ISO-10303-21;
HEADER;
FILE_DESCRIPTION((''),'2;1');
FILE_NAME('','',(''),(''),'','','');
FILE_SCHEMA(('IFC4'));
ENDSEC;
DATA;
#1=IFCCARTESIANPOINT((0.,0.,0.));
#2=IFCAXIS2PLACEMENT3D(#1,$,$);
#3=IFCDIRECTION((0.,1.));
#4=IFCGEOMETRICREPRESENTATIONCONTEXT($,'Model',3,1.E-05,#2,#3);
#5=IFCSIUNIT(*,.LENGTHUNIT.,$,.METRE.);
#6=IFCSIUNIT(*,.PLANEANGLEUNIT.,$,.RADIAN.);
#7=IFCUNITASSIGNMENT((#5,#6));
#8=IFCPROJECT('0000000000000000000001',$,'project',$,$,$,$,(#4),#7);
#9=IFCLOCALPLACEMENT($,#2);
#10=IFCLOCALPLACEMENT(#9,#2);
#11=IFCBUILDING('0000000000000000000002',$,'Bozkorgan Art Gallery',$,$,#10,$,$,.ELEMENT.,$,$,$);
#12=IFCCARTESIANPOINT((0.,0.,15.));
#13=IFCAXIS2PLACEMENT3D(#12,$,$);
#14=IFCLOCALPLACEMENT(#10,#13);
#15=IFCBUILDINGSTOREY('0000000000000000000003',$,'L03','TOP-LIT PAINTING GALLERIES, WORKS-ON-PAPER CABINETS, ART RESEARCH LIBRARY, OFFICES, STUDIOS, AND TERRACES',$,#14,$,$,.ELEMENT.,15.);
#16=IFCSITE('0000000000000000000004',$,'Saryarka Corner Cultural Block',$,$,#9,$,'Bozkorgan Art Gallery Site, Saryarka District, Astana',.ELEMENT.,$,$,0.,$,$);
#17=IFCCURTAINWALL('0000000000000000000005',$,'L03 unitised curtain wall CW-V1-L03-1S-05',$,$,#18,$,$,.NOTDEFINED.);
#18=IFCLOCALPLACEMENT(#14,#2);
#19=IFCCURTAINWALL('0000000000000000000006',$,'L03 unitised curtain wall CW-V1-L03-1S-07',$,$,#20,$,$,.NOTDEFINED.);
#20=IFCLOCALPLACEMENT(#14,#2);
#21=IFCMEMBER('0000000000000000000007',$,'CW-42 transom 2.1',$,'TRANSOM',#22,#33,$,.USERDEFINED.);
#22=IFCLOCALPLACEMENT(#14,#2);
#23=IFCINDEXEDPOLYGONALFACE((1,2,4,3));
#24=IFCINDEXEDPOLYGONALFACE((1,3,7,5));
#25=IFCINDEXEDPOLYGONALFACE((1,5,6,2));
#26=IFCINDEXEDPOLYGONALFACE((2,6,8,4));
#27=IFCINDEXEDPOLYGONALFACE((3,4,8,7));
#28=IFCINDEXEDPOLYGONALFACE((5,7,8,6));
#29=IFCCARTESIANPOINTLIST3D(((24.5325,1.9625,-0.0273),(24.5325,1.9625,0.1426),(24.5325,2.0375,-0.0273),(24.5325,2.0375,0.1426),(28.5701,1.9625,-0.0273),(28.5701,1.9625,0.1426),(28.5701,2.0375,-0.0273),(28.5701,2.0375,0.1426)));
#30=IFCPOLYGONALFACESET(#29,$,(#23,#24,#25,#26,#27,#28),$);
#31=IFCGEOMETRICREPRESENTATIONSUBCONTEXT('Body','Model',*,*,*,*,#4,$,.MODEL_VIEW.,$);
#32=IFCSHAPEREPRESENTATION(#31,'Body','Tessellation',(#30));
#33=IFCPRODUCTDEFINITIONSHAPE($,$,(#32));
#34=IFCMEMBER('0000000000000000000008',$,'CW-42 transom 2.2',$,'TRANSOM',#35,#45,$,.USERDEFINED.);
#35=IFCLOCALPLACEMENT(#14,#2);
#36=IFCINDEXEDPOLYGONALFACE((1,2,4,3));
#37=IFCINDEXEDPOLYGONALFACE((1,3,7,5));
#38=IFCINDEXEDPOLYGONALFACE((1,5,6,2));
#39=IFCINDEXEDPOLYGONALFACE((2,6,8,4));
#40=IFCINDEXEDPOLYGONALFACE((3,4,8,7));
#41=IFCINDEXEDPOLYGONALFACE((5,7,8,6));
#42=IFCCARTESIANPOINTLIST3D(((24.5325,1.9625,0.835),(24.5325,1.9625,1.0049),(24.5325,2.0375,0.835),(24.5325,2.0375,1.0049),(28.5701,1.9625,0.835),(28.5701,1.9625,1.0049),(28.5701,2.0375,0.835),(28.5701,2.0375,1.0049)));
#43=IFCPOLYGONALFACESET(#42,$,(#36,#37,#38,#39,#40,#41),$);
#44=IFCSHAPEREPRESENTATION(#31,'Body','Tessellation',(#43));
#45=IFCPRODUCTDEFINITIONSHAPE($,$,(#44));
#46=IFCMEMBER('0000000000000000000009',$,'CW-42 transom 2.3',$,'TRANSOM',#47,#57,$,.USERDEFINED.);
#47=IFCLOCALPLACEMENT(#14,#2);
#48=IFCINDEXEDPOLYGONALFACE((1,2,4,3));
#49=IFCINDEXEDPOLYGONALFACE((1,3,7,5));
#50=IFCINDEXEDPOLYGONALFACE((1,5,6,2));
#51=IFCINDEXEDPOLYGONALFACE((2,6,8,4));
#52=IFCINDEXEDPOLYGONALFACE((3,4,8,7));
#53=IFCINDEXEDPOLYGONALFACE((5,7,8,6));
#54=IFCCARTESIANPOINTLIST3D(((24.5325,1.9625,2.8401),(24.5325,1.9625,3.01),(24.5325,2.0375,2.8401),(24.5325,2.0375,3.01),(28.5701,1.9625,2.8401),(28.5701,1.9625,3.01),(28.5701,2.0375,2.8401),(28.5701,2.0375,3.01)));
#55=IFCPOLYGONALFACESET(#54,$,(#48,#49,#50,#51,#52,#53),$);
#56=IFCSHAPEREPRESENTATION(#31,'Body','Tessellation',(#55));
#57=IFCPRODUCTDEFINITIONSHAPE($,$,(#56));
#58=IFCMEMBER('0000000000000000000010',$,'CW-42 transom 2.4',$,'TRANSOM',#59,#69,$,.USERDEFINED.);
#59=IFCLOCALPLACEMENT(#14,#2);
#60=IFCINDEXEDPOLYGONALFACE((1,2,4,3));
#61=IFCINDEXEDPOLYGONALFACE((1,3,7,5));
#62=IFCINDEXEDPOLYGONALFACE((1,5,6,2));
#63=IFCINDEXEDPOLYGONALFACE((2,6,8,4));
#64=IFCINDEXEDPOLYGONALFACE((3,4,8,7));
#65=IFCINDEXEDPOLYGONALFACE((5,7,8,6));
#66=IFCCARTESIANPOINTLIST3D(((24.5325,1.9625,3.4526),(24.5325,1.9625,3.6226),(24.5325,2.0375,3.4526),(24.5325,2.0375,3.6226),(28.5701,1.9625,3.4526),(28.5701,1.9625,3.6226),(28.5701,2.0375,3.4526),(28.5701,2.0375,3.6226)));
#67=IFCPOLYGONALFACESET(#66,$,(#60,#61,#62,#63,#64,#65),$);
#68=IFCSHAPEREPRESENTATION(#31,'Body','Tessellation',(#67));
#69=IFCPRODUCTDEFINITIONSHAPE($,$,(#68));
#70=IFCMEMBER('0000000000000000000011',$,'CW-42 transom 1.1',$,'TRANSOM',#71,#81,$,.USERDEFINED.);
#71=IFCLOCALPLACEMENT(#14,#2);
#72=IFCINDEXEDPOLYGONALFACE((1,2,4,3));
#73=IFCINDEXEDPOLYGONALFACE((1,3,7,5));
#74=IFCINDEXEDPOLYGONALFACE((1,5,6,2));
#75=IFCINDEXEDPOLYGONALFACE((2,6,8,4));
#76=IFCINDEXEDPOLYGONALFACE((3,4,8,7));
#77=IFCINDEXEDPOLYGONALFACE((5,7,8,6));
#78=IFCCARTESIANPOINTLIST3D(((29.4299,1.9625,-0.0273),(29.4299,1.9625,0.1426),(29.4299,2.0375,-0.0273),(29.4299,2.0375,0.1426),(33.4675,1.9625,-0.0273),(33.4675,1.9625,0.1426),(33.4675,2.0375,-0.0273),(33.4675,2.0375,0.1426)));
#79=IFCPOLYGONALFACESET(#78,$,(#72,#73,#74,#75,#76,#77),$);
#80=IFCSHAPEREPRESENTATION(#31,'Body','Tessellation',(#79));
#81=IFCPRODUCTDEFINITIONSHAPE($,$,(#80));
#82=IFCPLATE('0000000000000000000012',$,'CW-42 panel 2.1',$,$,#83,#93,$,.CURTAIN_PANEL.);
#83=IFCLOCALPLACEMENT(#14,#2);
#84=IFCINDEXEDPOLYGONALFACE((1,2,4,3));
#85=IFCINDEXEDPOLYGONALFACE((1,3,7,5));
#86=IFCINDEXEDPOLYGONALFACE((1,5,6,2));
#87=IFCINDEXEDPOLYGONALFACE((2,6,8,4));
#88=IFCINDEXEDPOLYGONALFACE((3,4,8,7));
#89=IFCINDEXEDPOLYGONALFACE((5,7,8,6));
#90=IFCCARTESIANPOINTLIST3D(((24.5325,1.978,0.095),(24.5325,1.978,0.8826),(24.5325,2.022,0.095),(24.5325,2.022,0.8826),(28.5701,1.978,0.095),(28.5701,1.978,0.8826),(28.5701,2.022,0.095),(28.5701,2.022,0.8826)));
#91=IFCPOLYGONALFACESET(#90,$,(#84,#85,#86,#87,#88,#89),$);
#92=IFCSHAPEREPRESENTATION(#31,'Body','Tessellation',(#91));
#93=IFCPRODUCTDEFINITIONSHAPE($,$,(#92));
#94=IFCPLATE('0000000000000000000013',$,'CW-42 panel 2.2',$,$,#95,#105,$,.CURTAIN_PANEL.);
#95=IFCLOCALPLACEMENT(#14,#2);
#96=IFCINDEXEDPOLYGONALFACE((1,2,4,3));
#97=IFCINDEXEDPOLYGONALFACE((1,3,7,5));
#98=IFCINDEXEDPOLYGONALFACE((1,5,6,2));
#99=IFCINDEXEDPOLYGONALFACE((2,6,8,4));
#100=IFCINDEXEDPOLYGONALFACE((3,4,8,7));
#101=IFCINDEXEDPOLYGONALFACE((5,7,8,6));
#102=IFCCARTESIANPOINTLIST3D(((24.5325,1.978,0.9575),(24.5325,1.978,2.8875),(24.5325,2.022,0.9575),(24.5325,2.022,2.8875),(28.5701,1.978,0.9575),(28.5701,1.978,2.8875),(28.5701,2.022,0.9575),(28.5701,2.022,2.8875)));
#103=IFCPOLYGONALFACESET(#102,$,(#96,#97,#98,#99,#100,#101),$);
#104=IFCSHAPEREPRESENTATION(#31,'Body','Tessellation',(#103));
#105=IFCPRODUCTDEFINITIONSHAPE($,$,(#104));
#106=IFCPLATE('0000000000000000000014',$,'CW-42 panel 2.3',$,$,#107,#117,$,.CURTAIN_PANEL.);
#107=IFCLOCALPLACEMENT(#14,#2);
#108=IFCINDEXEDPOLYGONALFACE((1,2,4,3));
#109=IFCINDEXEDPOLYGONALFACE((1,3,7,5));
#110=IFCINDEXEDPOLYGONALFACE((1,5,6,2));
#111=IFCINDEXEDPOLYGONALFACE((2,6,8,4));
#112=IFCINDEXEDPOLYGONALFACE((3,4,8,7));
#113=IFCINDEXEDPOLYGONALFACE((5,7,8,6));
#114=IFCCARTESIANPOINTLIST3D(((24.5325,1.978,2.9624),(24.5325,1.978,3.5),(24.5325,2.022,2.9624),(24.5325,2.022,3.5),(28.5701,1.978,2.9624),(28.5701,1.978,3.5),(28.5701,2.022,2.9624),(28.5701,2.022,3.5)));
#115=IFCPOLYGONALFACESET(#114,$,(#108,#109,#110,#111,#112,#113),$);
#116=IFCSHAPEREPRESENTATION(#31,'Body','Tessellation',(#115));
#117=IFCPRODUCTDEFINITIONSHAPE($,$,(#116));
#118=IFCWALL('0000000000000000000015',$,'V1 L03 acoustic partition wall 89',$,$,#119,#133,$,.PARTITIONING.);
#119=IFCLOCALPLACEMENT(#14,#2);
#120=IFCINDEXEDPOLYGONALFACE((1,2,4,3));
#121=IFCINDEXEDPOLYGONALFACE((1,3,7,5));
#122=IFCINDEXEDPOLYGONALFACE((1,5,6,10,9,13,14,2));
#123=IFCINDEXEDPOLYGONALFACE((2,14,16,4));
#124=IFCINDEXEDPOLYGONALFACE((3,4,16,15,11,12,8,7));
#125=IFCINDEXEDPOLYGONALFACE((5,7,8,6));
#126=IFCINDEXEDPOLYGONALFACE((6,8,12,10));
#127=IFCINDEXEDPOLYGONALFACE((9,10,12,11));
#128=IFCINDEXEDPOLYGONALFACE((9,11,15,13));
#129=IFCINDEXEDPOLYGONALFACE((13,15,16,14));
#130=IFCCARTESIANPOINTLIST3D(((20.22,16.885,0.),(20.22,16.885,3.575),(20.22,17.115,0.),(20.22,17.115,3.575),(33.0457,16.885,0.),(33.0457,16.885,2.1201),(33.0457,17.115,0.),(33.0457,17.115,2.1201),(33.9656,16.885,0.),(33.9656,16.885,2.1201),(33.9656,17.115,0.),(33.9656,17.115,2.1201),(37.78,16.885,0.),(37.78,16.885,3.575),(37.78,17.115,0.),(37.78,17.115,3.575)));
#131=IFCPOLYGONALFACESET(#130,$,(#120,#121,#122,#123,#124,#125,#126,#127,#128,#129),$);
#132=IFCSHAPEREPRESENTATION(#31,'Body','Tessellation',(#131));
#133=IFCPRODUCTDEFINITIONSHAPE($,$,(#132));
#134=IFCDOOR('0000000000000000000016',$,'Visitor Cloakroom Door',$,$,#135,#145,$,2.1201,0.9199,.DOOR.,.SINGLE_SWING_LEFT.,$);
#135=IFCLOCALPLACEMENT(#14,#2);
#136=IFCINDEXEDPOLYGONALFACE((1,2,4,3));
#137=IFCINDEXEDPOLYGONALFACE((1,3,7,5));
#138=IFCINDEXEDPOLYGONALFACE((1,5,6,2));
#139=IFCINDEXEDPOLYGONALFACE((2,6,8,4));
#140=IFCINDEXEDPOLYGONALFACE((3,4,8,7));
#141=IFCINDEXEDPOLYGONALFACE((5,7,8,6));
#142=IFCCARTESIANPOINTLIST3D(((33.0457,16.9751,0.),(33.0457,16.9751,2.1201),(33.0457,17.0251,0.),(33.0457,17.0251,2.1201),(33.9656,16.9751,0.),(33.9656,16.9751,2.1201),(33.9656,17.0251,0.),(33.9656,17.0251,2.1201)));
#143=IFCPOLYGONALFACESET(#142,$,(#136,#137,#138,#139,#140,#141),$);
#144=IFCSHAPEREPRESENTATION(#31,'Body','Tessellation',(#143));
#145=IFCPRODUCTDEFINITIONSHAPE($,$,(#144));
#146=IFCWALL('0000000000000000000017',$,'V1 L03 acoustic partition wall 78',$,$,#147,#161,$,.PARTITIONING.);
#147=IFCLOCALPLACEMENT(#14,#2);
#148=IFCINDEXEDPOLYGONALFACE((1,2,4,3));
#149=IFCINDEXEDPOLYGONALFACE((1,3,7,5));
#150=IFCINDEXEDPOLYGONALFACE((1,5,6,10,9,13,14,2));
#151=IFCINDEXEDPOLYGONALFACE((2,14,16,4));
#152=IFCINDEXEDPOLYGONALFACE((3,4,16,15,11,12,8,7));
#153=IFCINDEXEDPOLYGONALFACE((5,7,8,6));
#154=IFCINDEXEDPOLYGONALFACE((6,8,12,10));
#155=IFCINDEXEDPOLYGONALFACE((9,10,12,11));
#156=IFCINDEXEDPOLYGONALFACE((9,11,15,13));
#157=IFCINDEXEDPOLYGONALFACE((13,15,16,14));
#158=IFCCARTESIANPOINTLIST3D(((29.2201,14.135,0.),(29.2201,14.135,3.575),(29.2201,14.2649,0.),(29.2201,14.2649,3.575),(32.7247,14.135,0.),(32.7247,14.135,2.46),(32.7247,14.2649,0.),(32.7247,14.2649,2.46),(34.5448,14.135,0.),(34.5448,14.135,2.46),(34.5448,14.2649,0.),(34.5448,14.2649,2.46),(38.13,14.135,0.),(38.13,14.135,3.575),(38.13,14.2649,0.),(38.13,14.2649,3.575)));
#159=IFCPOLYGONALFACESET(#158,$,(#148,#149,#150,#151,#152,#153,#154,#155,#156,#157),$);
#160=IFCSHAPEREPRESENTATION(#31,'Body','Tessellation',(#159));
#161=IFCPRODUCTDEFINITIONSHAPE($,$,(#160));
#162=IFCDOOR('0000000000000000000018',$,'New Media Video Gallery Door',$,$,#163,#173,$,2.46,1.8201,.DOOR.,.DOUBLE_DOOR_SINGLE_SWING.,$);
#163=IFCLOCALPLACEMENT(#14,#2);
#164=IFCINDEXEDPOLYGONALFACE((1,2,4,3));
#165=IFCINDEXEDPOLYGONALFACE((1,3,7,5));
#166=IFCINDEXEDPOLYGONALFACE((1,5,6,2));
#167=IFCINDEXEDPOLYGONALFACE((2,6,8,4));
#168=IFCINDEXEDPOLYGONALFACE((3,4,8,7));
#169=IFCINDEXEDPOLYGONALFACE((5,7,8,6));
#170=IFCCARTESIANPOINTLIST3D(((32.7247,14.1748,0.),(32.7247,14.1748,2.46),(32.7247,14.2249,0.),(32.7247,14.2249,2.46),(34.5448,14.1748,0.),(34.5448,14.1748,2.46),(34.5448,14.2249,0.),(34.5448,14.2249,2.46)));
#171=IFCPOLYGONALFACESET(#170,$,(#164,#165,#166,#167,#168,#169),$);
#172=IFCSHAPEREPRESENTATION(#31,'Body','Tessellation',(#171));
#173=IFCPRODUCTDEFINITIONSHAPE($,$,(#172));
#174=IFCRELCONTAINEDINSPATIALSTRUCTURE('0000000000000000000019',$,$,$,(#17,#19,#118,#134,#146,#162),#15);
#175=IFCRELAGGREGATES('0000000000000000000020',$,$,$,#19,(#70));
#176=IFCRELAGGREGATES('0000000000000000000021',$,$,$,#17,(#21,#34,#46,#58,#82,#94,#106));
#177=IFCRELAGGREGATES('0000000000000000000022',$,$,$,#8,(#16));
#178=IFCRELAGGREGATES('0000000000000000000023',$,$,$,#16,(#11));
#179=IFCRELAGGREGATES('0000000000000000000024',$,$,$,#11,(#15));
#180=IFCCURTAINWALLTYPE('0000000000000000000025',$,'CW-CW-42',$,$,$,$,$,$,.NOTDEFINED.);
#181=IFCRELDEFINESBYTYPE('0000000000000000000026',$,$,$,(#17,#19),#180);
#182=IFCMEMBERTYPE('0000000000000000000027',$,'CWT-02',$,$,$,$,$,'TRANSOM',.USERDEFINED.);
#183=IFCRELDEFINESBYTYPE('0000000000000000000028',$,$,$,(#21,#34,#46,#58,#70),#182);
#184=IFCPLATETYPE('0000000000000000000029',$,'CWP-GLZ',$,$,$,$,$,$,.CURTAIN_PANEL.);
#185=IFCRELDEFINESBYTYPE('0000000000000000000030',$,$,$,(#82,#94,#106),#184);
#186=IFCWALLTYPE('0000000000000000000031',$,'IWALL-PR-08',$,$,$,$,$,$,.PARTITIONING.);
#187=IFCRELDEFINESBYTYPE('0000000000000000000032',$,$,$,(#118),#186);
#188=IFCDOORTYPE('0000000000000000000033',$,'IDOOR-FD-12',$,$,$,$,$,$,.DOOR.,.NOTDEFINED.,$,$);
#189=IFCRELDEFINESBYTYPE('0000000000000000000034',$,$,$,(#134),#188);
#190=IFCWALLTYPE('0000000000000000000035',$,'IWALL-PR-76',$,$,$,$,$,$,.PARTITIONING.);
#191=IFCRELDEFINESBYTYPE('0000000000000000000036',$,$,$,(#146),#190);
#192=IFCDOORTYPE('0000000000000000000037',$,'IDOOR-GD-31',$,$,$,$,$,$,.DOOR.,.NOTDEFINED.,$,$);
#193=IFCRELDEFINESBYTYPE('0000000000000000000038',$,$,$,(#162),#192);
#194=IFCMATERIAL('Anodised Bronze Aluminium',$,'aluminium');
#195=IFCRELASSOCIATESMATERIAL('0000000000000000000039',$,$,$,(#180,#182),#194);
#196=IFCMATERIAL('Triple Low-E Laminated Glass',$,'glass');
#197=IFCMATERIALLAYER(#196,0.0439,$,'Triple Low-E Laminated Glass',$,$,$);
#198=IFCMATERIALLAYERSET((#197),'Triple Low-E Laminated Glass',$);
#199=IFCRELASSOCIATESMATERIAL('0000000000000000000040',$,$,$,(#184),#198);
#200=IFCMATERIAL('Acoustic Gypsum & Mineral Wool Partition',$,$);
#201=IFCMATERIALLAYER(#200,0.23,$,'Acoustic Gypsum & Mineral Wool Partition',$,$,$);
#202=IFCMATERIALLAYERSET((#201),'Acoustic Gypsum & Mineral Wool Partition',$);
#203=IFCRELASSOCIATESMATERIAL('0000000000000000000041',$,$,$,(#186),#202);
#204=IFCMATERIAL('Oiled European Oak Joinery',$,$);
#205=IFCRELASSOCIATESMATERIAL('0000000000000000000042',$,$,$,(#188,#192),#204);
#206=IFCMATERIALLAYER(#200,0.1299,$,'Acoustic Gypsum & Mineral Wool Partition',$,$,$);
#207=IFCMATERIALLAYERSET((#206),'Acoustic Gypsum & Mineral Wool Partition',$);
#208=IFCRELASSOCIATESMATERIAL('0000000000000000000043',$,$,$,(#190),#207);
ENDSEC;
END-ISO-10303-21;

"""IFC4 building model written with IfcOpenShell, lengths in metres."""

from ifc_helpers import new_model, si_unit, direction, frame, frame_2d, origin, origin_2d, place, context, subcontext, project, spatial, rectangle, extrude, material, layer, layer_set, material_profile, profile_set, type_object, element, fill, aggregate, save


model = new_model("IFC4")

# Units and contexts
model_context = context("Model", 3, precision=1e-05, world=origin(), true_north=direction((0.0, 1.0)))
body_context = subcontext(model_context, "Body", "Model", "MODEL_VIEW")
ifc_project = project(units=[si_unit("LENGTHUNIT", "METRE"), si_unit("PLANEANGLEUNIT", "RADIAN")], contexts=[model_context])

# Site, building, storey
site_placement = place(None, origin())
site = spatial("IfcSite", under=ifc_project, at=site_placement, Name="Saryarka Corner Cultural Block", LongName="Bozkorgan Art Gallery Site, Saryarka District, Astana", CompositionType="ELEMENT", RefElevation=0.0)
building_placement = place(site_placement, origin())
building = spatial("IfcBuilding", under=site, at=building_placement, Name="Bozkorgan Art Gallery", CompositionType="ELEMENT")
storey_placement = place(building_placement, frame((0.0, 0.0, 15.0)))
storey = spatial("IfcBuildingStorey", under=building, at=storey_placement, Name="L03", Description="TOP-LIT PAINTING GALLERIES, WORKS-ON-PAPER CABINETS, ART RESEARCH LIBRARY, OFFICES, STUDIOS, AND TERRACES", CompositionType="ELEMENT", Elevation=15.0)

# Curtain wall
ifc_material_1 = material(Name="Anodised Bronze Aluminium", Category="aluminium")
curtain_wall_type = type_object("IfcCurtainWallType", Name="CW-CW-42", PredefinedType="NOTDEFINED", material=ifc_material_1)
curtain_wall_1_placement = place(storey_placement, origin())
curtain_wall_1 = element("IfcCurtainWall", 1, at=curtain_wall_1_placement, inside=storey, type_object=curtain_wall_type, Name="L03 unitised curtain wall CW-V1-L03-1S-05", PredefinedType="NOTDEFINED")

# Curtain wall
curtain_wall_2_placement = place(storey_placement, origin())
curtain_wall_2 = element("IfcCurtainWall", 2, at=curtain_wall_2_placement, inside=storey, type_object=curtain_wall_type, Name="L03 unitised curtain wall CW-V1-L03-1S-07", PredefinedType="NOTDEFINED")

# Members
ifc_material_profile_1 = material_profile(ifc_material_1, rectangle(XDim=0.075, YDim=0.1699, at=origin_2d()), Name="ALU TRANSOM 75x170")
ifc_profile_set_1 = profile_set([ifc_material_profile_1], Name="Anodised Bronze Aluminium")
member_type_1 = type_object("IfcMemberType", Name="CWT-02", ElementType="TRANSOM", PredefinedType="USERDEFINED", material=ifc_profile_set_1)
member_1_placement = place(storey_placement, frame((24.5325, 2.0, 0.0576), z_axis=(1.0, 0.0, 0.0), x_axis=(0.0, 1.0, 0.0)))
member_1 = element("IfcMember", 3, at=member_1_placement, type_object=member_type_1, Name="CW-42 transom 2.1", ObjectType="TRANSOM", PredefinedType="USERDEFINED", context=body_context, shape_type="SweptSolid", body=[
    extrude(rectangle(XDim=0.075, YDim=0.1699, at=origin_2d()), origin(), (0.0, 0.0, 1.0), 4.0376),
])
member_2_placement = place(storey_placement, frame((24.5325, 2.0, 0.9199), z_axis=(1.0, 0.0, 0.0), x_axis=(0.0, 1.0, 0.0)))
member_2 = element("IfcMember", 4, at=member_2_placement, type_object=member_type_1, Name="CW-42 transom 2.2", ObjectType="TRANSOM", PredefinedType="USERDEFINED", context=body_context, shape_type="SweptSolid", body=[
    extrude(rectangle(XDim=0.075, YDim=0.1699, at=origin_2d()), origin(), (0.0, 0.0, 1.0), 4.0376),
])
member_3_placement = place(storey_placement, frame((24.5325, 2.0, 2.925), z_axis=(1.0, 0.0, 0.0), x_axis=(0.0, 1.0, 0.0)))
member_3 = element("IfcMember", 5, at=member_3_placement, type_object=member_type_1, Name="CW-42 transom 2.3", ObjectType="TRANSOM", PredefinedType="USERDEFINED", context=body_context, shape_type="SweptSolid", body=[
    extrude(rectangle(XDim=0.075, YDim=0.1699, at=origin_2d()), origin(), (0.0, 0.0, 1.0), 4.0376),
])
member_4_placement = place(storey_placement, frame((24.5325, 2.0, 3.5376), z_axis=(1.0, 0.0, 0.0), x_axis=(0.0, 1.0, 0.0)))
member_4 = element("IfcMember", 6, at=member_4_placement, type_object=member_type_1, Name="CW-42 transom 2.4", ObjectType="TRANSOM", PredefinedType="USERDEFINED", context=body_context, shape_type="SweptSolid", body=[
    extrude(rectangle(XDim=0.075, YDim=0.1699, at=origin_2d()), origin(), (0.0, 0.0, 1.0), 4.0376),
])
member_5_placement = place(storey_placement, frame((29.4299, 2.0, 0.0576), z_axis=(1.0, 0.0, 0.0), x_axis=(0.0, 1.0, 0.0)))
member_5 = element("IfcMember", 7, at=member_5_placement, type_object=member_type_1, Name="CW-42 transom 1.1", ObjectType="TRANSOM", PredefinedType="USERDEFINED", context=body_context, shape_type="SweptSolid", body=[
    extrude(rectangle(XDim=0.075, YDim=0.1699, at=origin_2d()), origin(), (0.0, 0.0, 1.0), 4.0376),
])
aggregate(curtain_wall_2, [member_5])

# Plates
ifc_material_2 = material(Name="Triple Low-E Laminated Glass", Category="glass")
ifc_layer_1 = layer(ifc_material_2, 0.0439, Name="Triple Low-E Laminated Glass")
ifc_layer_set_1 = layer_set([ifc_layer_1], Name="Triple Low-E Laminated Glass")
plate_type = type_object("IfcPlateType", Name="CWP-GLZ", PredefinedType="CURTAIN_PANEL", material=ifc_layer_set_1)
plate_1_placement = place(storey_placement, frame((26.5513, 2.0, 0.095), z_axis=(0.0, 0.0, 1.0), x_axis=(1.0, 0.0, 0.0)))
plate_1 = element("IfcPlate", 8, at=plate_1_placement, type_object=plate_type, Name="CW-42 panel 2.1", PredefinedType="CURTAIN_PANEL", context=body_context, shape_type="SweptSolid", body=[
    extrude(rectangle(XDim=4.0376, YDim=0.0439, at=origin_2d()), origin(), (0.0, 0.0, 1.0), 0.7876),
])
plate_2_placement = place(storey_placement, frame((26.5513, 2.0, 0.9575), z_axis=(0.0, 0.0, 1.0), x_axis=(1.0, 0.0, 0.0)))
plate_2 = element("IfcPlate", 9, at=plate_2_placement, type_object=plate_type, Name="CW-42 panel 2.2", PredefinedType="CURTAIN_PANEL", context=body_context, shape_type="SweptSolid", body=[
    extrude(rectangle(XDim=4.0376, YDim=0.0439, at=origin_2d()), origin(), (0.0, 0.0, 1.0), 1.9299),
])
plate_3_placement = place(storey_placement, frame((26.5513, 2.0, 2.9624), z_axis=(0.0, 0.0, 1.0), x_axis=(1.0, 0.0, 0.0)))
plate_3 = element("IfcPlate", 10, at=plate_3_placement, type_object=plate_type, Name="CW-42 panel 2.3", PredefinedType="CURTAIN_PANEL", context=body_context, shape_type="SweptSolid", body=[
    extrude(rectangle(XDim=4.0376, YDim=0.0439, at=origin_2d()), origin(), (0.0, 0.0, 1.0), 0.5376),
])
aggregate(curtain_wall_1, [member_1, member_2, member_3, member_4, plate_1, plate_2, plate_3])

# Walls, openings, doors
ifc_material_3 = material(Name="Acoustic Gypsum & Mineral Wool Partition")
ifc_layer_2 = layer(ifc_material_3, 0.23, Name="Acoustic Gypsum & Mineral Wool Partition")
ifc_layer_set_2 = layer_set([ifc_layer_2], Name="Acoustic Gypsum & Mineral Wool Partition")
wall_type_1 = type_object("IfcWallType", Name="IWALL-PR-08", PredefinedType="PARTITIONING", material=ifc_layer_set_2)
wall_1_placement = place(storey_placement, frame((20.22, 17.0, 0.0), z_axis=(0.0, 0.0, 1.0), x_axis=(1.0, 0.0, 0.0)))
wall_1 = element("IfcWall", 11, at=wall_1_placement, inside=storey, type_object=wall_type_1, Name="V1 L03 acoustic partition wall 89", PredefinedType="PARTITIONING", context=body_context, shape_type="SweptSolid", body=[
    extrude(rectangle(XDim=17.5601, YDim=0.23, at=frame_2d((8.78, 0.0))), origin(), (0.0, 0.0, 1.0), 3.575),
])
opening_1_placement = place(wall_1_placement, frame((13.7456, 0.0, 0.0), z_axis=(0.0, 0.0, 1.0), x_axis=(-1.0, 0.0, 0.0)))
opening_1 = element("IfcOpeningElement", 12, at=opening_1_placement, cuts=wall_1, PredefinedType="OPENING", context=body_context, shape_type="SweptSolid", body=[
    extrude(rectangle(XDim=0.9199, YDim=2.1201, at=frame_2d((0.46, 1.0601))), frame((0.0, 0.125, 0.0), z_axis=(0.0, -1.0, 0.0), x_axis=(1.0, 0.0, 0.0)), (0.0, 0.0, 1.0), 0.25),
])
ifc_material_4 = material(Name="Oiled European Oak Joinery")
door_type_1 = type_object("IfcDoorType", Name="IDOOR-FD-12", OperationType="NOTDEFINED", PredefinedType="DOOR", material=ifc_material_4)
door_1_placement = place(opening_1_placement, origin())
door_1 = element("IfcDoor", 13, at=door_1_placement, inside=storey, type_object=door_type_1, Name="Visitor Cloakroom Door", OperationType="SINGLE_SWING_LEFT", OverallHeight=2.1201, OverallWidth=0.9199, PredefinedType="DOOR", context=body_context, shape_type="SweptSolid", body=[
    extrude(rectangle(XDim=0.9199, YDim=2.1201, at=frame_2d((0.46, 1.0601))), frame((0.0, 0.0249, 0.0), z_axis=(0.0, -1.0, 0.0), x_axis=(1.0, 0.0, 0.0)), (0.0, 0.0, 1.0), 0.05),
])
fill(opening_1, door_1)
ifc_layer_3 = layer(ifc_material_3, 0.1299, Name="Acoustic Gypsum & Mineral Wool Partition")
ifc_layer_set_3 = layer_set([ifc_layer_3], Name="Acoustic Gypsum & Mineral Wool Partition")
wall_type_2 = type_object("IfcWallType", Name="IWALL-PR-76", PredefinedType="PARTITIONING", material=ifc_layer_set_3)
wall_2_placement = place(storey_placement, frame((29.22, 14.2, 0.0), z_axis=(0.0, 0.0, 1.0), x_axis=(1.0, 0.0, 0.0)))
wall_2 = element("IfcWall", 14, at=wall_2_placement, inside=storey, type_object=wall_type_2, Name="V1 L03 acoustic partition wall 78", PredefinedType="PARTITIONING", context=body_context, shape_type="SweptSolid", body=[
    extrude(rectangle(XDim=8.9099, YDim=0.1299, at=frame_2d((4.4551, 0.0))), origin(), (0.0, 0.0, 1.0), 3.575),
])
opening_2_placement = place(wall_2_placement, frame((3.5046, 0.0, 0.0)))
opening_2 = element("IfcOpeningElement", 15, at=opening_2_placement, cuts=wall_2, PredefinedType="OPENING", context=body_context, shape_type="SweptSolid", body=[
    extrude(rectangle(XDim=1.8201, YDim=2.46, at=frame_2d((0.9102, 1.23))), frame((0.0, 0.075, 0.0), z_axis=(0.0, -1.0, 0.0), x_axis=(1.0, 0.0, 0.0)), (0.0, 0.0, 1.0), 0.1499),
])
door_type_2 = type_object("IfcDoorType", Name="IDOOR-GD-31", OperationType="NOTDEFINED", PredefinedType="DOOR", material=ifc_material_4)
door_2_placement = place(opening_2_placement, origin())
door_2 = element("IfcDoor", 16, at=door_2_placement, inside=storey, type_object=door_type_2, Name="New Media Video Gallery Door", OperationType="DOUBLE_DOOR_SINGLE_SWING", OverallHeight=2.46, OverallWidth=1.8201, PredefinedType="DOOR", context=body_context, shape_type="SweptSolid", body=[
    extrude(rectangle(XDim=1.8201, YDim=2.46, at=frame_2d((0.9102, 1.23))), frame((0.0, 0.0249, 0.0), z_axis=(0.0, -1.0, 0.0), x_axis=(1.0, 0.0, 0.0)), (0.0, 0.0, 1.0), 0.05),
])
fill(opening_2, door_2)

save(model, "model.ifc")
